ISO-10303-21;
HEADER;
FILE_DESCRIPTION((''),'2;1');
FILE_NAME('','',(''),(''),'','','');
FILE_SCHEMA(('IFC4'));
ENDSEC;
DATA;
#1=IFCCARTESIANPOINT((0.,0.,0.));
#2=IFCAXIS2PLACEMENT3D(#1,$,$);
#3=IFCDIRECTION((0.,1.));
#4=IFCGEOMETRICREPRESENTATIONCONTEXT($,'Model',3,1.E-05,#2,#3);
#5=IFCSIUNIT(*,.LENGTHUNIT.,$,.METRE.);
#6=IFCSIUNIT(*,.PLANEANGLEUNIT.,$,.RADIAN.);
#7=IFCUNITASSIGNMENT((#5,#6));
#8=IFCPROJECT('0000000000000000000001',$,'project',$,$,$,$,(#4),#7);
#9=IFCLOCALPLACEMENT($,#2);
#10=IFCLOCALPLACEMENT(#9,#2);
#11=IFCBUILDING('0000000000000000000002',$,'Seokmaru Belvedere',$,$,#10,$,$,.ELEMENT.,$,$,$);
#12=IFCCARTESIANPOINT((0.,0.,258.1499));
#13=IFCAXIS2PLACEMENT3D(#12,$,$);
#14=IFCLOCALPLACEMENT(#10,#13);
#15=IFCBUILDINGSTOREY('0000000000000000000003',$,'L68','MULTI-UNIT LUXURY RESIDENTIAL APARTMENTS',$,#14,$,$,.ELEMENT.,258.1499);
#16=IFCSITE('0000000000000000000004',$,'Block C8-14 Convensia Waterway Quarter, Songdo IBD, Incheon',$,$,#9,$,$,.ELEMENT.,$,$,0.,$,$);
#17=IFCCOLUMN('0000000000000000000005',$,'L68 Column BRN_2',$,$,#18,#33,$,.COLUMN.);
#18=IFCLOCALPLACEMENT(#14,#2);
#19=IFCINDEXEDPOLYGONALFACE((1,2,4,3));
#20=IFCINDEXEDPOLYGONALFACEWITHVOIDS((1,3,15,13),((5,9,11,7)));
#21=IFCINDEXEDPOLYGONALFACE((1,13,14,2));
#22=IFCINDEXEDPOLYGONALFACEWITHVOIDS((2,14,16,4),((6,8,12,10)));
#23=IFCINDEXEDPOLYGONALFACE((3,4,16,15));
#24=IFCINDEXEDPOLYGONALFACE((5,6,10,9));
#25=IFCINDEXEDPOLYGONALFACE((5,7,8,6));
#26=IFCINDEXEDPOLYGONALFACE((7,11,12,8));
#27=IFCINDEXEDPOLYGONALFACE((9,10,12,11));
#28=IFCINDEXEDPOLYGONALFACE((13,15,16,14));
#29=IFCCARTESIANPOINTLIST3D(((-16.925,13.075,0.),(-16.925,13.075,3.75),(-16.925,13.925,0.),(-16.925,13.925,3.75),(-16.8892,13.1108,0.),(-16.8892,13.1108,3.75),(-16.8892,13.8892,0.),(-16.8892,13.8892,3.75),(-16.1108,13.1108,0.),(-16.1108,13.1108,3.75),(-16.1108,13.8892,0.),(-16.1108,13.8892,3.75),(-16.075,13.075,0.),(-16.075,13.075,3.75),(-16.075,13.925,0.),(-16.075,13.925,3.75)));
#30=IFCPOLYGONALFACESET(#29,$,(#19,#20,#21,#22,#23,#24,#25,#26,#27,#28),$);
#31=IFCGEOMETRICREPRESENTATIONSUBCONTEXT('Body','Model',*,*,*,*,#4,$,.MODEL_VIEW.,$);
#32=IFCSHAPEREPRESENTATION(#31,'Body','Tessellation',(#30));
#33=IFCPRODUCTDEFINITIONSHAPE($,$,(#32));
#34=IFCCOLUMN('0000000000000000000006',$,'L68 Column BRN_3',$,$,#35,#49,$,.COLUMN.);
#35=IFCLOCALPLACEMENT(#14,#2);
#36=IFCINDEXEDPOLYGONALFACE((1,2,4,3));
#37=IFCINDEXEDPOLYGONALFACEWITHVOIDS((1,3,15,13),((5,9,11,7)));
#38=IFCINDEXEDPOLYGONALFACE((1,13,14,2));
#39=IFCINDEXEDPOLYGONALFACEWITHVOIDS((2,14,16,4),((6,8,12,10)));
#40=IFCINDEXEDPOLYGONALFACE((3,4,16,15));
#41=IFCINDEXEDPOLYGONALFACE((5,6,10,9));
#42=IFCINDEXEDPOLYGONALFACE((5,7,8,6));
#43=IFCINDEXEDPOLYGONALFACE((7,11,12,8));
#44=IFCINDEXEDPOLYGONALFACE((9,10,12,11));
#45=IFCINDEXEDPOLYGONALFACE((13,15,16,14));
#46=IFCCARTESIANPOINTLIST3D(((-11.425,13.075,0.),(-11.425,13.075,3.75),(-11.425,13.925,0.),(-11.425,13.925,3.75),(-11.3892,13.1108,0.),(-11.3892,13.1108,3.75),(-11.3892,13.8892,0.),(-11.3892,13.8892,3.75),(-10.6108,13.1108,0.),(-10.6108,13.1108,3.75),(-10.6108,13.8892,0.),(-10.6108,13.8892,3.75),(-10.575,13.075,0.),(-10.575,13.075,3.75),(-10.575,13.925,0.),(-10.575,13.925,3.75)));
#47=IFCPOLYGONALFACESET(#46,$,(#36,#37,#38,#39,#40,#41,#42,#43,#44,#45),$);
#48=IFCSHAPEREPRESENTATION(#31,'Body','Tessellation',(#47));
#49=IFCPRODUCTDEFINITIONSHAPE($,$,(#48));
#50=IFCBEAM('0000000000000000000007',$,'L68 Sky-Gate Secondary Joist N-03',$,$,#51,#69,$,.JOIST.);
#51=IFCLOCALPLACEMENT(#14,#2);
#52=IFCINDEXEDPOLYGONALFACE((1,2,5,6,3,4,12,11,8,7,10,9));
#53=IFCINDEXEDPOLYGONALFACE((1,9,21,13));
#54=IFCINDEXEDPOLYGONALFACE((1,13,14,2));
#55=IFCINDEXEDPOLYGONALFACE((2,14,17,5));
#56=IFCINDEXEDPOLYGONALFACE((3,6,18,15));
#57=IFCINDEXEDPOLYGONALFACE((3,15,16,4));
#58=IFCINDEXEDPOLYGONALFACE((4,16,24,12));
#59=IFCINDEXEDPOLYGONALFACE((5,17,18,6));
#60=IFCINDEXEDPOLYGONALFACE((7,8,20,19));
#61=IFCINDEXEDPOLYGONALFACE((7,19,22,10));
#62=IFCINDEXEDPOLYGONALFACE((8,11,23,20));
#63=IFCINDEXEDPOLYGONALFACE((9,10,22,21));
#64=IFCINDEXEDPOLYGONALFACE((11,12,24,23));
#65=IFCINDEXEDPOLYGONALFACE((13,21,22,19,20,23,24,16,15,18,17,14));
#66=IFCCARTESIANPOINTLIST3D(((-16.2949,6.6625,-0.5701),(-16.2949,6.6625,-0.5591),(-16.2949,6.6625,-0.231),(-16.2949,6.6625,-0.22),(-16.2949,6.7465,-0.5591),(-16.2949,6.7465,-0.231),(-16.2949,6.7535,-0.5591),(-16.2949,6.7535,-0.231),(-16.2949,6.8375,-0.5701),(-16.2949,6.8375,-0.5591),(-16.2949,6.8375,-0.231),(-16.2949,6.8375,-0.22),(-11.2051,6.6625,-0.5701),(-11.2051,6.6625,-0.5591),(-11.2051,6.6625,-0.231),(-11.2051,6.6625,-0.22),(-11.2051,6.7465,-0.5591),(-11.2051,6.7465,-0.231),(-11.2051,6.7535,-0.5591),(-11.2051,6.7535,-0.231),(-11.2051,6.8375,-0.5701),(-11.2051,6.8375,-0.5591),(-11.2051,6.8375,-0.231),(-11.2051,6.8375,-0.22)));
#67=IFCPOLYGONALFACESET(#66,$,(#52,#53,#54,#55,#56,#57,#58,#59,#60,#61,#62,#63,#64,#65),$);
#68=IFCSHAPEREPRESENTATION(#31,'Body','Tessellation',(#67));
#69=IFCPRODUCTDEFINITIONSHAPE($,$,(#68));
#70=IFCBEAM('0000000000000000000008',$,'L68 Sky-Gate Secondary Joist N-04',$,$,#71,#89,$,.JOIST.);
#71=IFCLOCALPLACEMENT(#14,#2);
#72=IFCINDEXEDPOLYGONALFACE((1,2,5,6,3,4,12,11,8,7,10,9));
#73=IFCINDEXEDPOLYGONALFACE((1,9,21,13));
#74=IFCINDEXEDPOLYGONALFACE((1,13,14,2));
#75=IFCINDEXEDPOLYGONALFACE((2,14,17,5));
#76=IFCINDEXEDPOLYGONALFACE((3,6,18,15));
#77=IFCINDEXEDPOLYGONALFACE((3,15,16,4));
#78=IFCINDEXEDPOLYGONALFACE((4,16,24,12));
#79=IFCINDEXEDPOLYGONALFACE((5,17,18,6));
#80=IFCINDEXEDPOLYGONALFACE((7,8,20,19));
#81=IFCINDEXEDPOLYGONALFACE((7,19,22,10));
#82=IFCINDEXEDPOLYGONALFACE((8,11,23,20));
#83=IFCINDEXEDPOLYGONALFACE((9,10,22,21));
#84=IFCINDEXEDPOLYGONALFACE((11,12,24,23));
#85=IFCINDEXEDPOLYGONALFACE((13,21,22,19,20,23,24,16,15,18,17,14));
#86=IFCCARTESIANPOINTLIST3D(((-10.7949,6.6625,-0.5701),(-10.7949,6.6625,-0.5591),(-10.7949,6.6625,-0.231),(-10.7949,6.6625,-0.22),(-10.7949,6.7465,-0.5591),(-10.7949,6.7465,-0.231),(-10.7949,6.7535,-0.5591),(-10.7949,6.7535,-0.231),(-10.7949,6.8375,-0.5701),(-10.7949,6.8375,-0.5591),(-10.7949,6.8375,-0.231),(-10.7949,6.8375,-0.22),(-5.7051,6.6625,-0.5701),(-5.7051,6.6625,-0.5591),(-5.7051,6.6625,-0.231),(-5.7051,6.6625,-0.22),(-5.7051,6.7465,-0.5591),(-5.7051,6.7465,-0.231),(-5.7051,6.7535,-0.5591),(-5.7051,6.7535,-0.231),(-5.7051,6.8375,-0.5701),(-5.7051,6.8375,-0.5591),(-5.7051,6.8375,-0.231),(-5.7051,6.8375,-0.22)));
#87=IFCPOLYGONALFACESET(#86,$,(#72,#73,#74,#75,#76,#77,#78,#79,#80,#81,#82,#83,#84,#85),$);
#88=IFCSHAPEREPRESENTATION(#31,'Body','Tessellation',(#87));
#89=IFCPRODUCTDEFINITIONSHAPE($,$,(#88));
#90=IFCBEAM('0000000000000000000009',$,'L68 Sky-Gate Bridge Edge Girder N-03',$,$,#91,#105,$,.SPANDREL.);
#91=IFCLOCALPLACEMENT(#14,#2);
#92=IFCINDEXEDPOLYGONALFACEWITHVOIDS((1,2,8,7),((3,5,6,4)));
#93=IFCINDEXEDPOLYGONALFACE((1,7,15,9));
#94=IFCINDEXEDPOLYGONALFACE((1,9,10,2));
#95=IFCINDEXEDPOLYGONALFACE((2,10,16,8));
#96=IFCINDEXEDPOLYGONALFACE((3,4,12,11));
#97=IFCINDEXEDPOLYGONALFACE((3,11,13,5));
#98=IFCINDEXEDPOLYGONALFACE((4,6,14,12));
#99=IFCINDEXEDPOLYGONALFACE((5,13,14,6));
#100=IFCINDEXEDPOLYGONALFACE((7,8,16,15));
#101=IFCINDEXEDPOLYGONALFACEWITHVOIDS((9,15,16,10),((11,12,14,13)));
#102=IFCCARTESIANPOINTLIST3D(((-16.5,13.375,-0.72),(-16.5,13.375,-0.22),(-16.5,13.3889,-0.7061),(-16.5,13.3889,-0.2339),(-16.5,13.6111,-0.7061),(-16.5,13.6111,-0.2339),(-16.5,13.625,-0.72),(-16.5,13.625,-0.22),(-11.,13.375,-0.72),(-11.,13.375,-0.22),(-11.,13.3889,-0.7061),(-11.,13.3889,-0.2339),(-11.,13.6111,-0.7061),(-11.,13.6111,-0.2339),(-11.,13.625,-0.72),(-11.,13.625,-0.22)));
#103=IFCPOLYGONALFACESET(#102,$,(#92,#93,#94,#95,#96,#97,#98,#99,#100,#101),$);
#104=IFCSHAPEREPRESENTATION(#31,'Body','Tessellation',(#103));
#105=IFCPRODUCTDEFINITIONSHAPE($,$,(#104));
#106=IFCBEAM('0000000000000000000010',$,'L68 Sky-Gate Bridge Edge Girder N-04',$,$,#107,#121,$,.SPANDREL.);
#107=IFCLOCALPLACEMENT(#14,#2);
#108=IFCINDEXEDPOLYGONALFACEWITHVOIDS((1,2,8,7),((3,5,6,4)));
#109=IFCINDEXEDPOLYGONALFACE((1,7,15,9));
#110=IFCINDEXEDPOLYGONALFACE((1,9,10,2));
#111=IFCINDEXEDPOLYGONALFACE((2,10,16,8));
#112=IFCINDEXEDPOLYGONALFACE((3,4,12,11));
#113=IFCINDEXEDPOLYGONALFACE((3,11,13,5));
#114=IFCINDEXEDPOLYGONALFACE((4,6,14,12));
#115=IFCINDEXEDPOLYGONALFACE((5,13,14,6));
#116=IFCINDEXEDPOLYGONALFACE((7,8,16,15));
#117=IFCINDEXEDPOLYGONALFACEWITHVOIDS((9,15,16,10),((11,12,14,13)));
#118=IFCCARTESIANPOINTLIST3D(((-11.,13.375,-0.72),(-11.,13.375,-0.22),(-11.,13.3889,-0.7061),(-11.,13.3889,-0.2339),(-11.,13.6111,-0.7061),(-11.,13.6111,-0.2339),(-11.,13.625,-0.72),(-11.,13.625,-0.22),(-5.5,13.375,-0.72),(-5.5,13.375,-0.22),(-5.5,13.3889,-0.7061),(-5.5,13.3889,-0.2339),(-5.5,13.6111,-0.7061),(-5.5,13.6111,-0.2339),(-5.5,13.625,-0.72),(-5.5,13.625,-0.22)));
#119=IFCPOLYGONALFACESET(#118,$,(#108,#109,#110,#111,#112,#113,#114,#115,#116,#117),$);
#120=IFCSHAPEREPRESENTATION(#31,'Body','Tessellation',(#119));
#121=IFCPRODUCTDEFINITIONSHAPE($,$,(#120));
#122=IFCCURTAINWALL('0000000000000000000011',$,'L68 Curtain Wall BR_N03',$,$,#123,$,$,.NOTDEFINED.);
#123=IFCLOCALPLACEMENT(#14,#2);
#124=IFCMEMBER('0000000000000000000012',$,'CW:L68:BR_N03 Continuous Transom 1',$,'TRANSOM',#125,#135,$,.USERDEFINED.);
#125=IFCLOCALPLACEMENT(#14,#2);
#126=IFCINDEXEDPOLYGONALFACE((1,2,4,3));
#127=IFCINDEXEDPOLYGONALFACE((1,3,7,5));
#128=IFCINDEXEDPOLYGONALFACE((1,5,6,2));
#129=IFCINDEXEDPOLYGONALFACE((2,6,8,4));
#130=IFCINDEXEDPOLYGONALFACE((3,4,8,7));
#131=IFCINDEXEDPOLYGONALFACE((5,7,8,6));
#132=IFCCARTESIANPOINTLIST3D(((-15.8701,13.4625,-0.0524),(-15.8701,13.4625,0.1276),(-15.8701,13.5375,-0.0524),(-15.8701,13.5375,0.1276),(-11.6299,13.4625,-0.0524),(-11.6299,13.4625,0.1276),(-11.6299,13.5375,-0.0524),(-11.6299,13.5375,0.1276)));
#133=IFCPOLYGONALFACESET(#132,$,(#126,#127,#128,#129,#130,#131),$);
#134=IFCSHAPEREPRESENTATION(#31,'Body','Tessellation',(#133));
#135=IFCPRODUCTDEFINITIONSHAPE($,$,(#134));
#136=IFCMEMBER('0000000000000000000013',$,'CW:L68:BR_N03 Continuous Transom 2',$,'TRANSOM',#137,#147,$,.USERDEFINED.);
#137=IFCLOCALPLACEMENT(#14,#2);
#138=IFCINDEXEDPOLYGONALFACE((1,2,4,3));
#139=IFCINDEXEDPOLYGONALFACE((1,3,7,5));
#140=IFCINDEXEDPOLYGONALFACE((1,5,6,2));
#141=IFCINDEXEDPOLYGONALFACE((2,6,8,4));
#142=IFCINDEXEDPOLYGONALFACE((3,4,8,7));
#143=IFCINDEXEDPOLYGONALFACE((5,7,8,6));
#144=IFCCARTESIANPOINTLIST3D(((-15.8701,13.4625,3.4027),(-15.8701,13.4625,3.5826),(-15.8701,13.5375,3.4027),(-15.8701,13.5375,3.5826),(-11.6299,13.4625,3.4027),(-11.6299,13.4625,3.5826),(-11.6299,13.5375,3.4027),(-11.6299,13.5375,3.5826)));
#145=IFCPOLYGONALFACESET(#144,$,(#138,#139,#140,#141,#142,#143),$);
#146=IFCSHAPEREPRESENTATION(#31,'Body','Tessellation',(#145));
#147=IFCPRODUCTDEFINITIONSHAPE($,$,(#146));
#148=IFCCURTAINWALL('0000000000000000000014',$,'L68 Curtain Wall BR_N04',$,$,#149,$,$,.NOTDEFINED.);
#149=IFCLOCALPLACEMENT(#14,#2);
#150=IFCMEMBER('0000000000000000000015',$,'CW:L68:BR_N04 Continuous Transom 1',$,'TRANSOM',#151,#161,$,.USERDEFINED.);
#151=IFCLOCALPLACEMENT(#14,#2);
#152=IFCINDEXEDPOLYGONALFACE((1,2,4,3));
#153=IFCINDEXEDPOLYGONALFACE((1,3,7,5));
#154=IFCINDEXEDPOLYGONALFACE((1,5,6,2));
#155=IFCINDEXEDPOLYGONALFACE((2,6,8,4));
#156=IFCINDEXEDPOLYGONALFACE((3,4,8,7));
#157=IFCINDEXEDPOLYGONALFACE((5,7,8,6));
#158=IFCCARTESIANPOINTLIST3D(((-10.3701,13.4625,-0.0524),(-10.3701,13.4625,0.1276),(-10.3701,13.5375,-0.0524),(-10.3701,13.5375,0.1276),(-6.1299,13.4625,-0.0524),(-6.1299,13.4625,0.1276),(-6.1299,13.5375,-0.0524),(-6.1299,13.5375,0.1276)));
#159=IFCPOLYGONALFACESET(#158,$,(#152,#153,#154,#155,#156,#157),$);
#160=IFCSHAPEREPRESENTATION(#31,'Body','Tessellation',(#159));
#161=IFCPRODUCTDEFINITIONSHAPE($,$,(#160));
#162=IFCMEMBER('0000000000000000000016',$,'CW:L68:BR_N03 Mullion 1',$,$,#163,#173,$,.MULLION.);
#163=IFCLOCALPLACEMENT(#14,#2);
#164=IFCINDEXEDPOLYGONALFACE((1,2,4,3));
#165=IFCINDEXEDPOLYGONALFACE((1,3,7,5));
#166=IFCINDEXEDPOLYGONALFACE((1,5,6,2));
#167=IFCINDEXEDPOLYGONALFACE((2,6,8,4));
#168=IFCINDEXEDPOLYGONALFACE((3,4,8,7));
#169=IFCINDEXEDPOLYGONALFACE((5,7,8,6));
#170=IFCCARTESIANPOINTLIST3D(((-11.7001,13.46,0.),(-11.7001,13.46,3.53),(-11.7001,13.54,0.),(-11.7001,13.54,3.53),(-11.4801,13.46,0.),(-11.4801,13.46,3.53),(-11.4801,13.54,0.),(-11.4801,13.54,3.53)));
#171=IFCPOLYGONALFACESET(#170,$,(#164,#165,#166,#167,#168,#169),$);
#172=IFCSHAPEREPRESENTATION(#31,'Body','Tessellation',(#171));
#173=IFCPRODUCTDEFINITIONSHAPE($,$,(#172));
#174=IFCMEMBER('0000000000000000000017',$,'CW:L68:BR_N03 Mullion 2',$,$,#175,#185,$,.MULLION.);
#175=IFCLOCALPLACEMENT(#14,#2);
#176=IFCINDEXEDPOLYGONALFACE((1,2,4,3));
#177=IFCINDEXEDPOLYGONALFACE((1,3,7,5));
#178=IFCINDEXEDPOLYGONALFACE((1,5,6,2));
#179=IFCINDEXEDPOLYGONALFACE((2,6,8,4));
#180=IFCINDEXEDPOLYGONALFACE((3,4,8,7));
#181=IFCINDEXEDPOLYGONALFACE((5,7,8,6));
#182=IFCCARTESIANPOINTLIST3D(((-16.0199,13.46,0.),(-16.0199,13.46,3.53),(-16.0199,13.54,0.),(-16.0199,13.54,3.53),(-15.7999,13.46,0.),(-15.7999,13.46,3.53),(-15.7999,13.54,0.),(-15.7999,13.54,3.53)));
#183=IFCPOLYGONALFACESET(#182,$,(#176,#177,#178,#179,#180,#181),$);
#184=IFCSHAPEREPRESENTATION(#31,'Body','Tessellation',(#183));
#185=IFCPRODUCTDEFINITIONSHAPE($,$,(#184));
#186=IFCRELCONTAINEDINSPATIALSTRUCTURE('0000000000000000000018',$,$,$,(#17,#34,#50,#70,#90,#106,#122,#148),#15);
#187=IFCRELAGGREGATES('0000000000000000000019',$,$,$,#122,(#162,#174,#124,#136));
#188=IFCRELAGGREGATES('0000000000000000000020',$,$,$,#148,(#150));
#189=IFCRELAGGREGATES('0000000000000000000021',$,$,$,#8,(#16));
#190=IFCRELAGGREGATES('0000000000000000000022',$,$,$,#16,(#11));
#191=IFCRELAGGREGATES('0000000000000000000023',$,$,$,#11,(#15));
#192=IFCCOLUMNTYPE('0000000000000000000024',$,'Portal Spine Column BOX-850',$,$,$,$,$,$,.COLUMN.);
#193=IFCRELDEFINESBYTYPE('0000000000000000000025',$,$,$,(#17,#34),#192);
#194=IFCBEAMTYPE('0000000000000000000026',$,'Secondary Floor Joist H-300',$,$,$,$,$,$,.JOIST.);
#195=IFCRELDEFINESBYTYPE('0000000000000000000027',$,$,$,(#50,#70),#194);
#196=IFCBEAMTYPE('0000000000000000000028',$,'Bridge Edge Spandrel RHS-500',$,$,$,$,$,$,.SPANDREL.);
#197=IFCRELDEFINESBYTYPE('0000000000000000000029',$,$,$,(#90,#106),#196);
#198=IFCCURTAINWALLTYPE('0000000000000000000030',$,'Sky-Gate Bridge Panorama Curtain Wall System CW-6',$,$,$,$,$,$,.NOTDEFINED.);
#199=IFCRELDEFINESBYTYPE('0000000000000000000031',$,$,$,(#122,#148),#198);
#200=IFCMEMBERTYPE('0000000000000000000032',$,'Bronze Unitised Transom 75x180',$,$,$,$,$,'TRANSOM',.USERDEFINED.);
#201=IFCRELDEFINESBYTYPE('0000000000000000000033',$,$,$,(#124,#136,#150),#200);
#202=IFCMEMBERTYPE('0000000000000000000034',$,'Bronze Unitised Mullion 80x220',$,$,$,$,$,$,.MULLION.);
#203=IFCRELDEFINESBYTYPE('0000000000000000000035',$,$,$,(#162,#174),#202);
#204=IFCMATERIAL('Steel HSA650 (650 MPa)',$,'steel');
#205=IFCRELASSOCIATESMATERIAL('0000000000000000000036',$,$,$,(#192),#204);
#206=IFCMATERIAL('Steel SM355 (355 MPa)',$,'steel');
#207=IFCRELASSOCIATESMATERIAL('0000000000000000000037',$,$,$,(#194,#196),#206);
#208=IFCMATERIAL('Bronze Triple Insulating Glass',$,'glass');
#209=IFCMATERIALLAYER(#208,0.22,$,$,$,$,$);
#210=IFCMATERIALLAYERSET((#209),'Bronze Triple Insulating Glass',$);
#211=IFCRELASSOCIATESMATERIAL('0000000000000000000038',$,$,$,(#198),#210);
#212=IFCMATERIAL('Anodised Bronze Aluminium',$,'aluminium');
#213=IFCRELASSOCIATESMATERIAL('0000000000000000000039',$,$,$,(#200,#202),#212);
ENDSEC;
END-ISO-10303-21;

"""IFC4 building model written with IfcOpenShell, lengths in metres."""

from ifc_helpers import new_model, si_unit, direction, frame, origin, origin_2d, place, context, subcontext, project, spatial, rectangle, hollow_rectangle, i_section, extrude, source, transform, mapped, material, layer, layer_set, material_profile, profile_set, type_object, type_shapes, element, aggregate, save


model = new_model("IFC4")

# Units and contexts
model_context = context("Model", 3, precision=1e-05, world=origin(), true_north=direction((0.0, 1.0)))
body_context = subcontext(model_context, "Body", "Model", "MODEL_VIEW")
ifc_project = project(units=[si_unit("LENGTHUNIT", "METRE"), si_unit("PLANEANGLEUNIT", "RADIAN")], contexts=[model_context])

# Site, building, storey
site_placement = place(None, origin())
site = spatial("IfcSite", under=ifc_project, at=site_placement, Name="Block C8-14 Convensia Waterway Quarter, Songdo IBD, Incheon", CompositionType="ELEMENT", RefElevation=0.0)
building_placement = place(site_placement, origin())
building = spatial("IfcBuilding", under=site, at=building_placement, Name="Seokmaru Belvedere", CompositionType="ELEMENT")
storey_placement = place(building_placement, frame((0.0, 0.0, 258.1499)))
storey = spatial("IfcBuildingStorey", under=building, at=storey_placement, Name="L68", Description="MULTI-UNIT LUXURY RESIDENTIAL APARTMENTS", CompositionType="ELEMENT", Elevation=258.1499)

# Columns
ifc_material_1 = material(Name="Steel HSA650 (650 MPa)", Category="steel")
ifc_material_profile_1 = material_profile(ifc_material_1, hollow_rectangle(XDim=0.8501, YDim=0.8501, WallThickness=0.0359, at=origin_2d()), Name="BOX-850x850x36")
ifc_profile_set_1 = profile_set([ifc_material_profile_1], Name="Steel HSA650 (650 MPa)")
column_type = type_object("IfcColumnType", Name="Portal Spine Column BOX-850", PredefinedType="COLUMN", material=ifc_profile_set_1)
shared_shape_1 = source(origin(), body_context, "Body", "SweptSolid", [
    extrude(hollow_rectangle(XDim=0.8501, YDim=0.8501, WallThickness=0.0359, at=origin_2d()), origin(), (0.0, 0.0, 1.0), 3.75),
])
type_shapes(column_type, [shared_shape_1])
for number, where, z_axis, x_axis, name in (
    (1, (-16.5, 13.5, 0.0), (0.0, 0.0, 1.0), (1.0, 0.0, 0.0), "L68 Column BRN_2"),
    (2, (-11.0, 13.5, 0.0), (0.0, 0.0, 1.0), (1.0, 0.0, 0.0), "L68 Column BRN_3"),
):
    element("IfcColumn", number, at=place(storey_placement, frame(where, z_axis=z_axis, x_axis=x_axis)), inside=storey, type_object=column_type, Name=name, PredefinedType="COLUMN", context=body_context, shape_type="MappedRepresentation", body=[
        mapped(shared_shape_1, transform((0.0, 0.0, 0.0), scale=1.0)),
    ])

# Beams
ifc_material_2 = material(Name="Steel SM355 (355 MPa)", Category="steel")
ifc_material_profile_2 = material_profile(ifc_material_2, i_section(OverallWidth=0.175, OverallDepth=0.3501, WebThickness=0.0071, FlangeThickness=0.011, at=origin_2d()), Name="H-350x175x7x11")
ifc_profile_set_2 = profile_set([ifc_material_profile_2], Name="Steel SM355 (355 MPa)")
beam_type_1 = type_object("IfcBeamType", Name="Secondary Floor Joist H-300", PredefinedType="JOIST", material=ifc_profile_set_2)
shared_shape_2 = source(origin(), body_context, "Body", "SweptSolid", [
    extrude(i_section(OverallWidth=0.175, OverallDepth=0.3501, WebThickness=0.0071, FlangeThickness=0.011, at=origin_2d()), origin(), (0.0, 0.0, 1.0), 5.0898),
])
type_shapes(beam_type_1, [shared_shape_2])
for number, where, z_axis, x_axis, name in (
    (3, (-16.2949, 6.75, -0.395), (1.0, 0.0, 0.0), (0.0, 1.0, 0.0), "L68 Sky-Gate Secondary Joist N-03"),
    (4, (-10.7949, 6.75, -0.395), (1.0, 0.0, 0.0), (0.0, 1.0, 0.0), "L68 Sky-Gate Secondary Joist N-04"),
):
    element("IfcBeam", number, at=place(storey_placement, frame(where, z_axis=z_axis, x_axis=x_axis)), inside=storey, type_object=beam_type_1, Name=name, PredefinedType="JOIST", context=body_context, shape_type="MappedRepresentation", body=[
        mapped(shared_shape_2, transform((0.0, 0.0, 0.0), scale=1.0)),
    ])
ifc_material_profile_3 = material_profile(ifc_material_2, hollow_rectangle(XDim=0.25, YDim=0.5, WallThickness=0.0139, at=origin_2d()), Name="RHS-500x250x14")
ifc_profile_set_3 = profile_set([ifc_material_profile_3], Name="Steel SM355 (355 MPa)")
beam_type_2 = type_object("IfcBeamType", Name="Bridge Edge Spandrel RHS-500", PredefinedType="SPANDREL", material=ifc_profile_set_3)
shared_shape_3 = source(origin(), body_context, "Body", "SweptSolid", [
    extrude(hollow_rectangle(XDim=0.25, YDim=0.5, WallThickness=0.0139, at=origin_2d()), origin(), (0.0, 0.0, 1.0), 5.5),
])
type_shapes(beam_type_2, [shared_shape_3])
for number, where, z_axis, x_axis, name in (
    (5, (-16.5, 13.5, -0.47), (1.0, 0.0, 0.0), (0.0, 1.0, 0.0), "L68 Sky-Gate Bridge Edge Girder N-03"),
    (6, (-11.0, 13.5, -0.47), (1.0, 0.0, 0.0), (0.0, 1.0, 0.0), "L68 Sky-Gate Bridge Edge Girder N-04"),
):
    element("IfcBeam", number, at=place(storey_placement, frame(where, z_axis=z_axis, x_axis=x_axis)), inside=storey, type_object=beam_type_2, Name=name, PredefinedType="SPANDREL", context=body_context, shape_type="MappedRepresentation", body=[
        mapped(shared_shape_3, transform((0.0, 0.0, 0.0), scale=1.0)),
    ])

# Curtain wall, members
ifc_material_3 = material(Name="Bronze Triple Insulating Glass", Category="glass")
ifc_layer_1 = layer(ifc_material_3, 0.22)
ifc_layer_set_1 = layer_set([ifc_layer_1], Name="Bronze Triple Insulating Glass")
curtain_wall_type = type_object("IfcCurtainWallType", Name="Sky-Gate Bridge Panorama Curtain Wall System CW-6", PredefinedType="NOTDEFINED", material=ifc_layer_set_1)
curtain_wall_1_placement = place(storey_placement, origin())
curtain_wall_1 = element("IfcCurtainWall", 7, at=curtain_wall_1_placement, inside=storey, type_object=curtain_wall_type, Name="L68 Curtain Wall BR_N03", PredefinedType="NOTDEFINED")
ifc_material_4 = material(Name="Anodised Bronze Aluminium", Category="aluminium")
ifc_material_profile_4 = material_profile(ifc_material_4, rectangle(XDim=0.075, YDim=0.1799, at=origin_2d()), Name="CW-T-75x180")
ifc_profile_set_4 = profile_set([ifc_material_profile_4], Name="Anodised Bronze Aluminium")
member_type_1 = type_object("IfcMemberType", Name="Bronze Unitised Transom 75x180", ElementType="TRANSOM", PredefinedType="USERDEFINED", material=ifc_profile_set_4)
shared_shape_4 = source(origin(), body_context, "Body", "SweptSolid", [
    extrude(rectangle(XDim=0.075, YDim=0.1799, at=origin_2d()), origin(), (0.0, 0.0, 1.0), 4.2402),
])
type_shapes(member_type_1, [shared_shape_4])
member_1_placement = place(storey_placement, frame((-11.6299, 13.5, 0.0376), z_axis=(-1.0, 0.0, 0.0), x_axis=(0.0, -1.0, 0.0)))
member_1 = element("IfcMember", 8, at=member_1_placement, type_object=member_type_1, Name="CW:L68:BR_N03 Continuous Transom 1", ObjectType="TRANSOM", PredefinedType="USERDEFINED", context=body_context, shape_type="MappedRepresentation", body=[
    mapped(shared_shape_4, transform((0.0, 0.0, 0.0), scale=1.0)),
])
member_2_placement = place(storey_placement, frame((-11.6299, 13.5, 3.4927), z_axis=(-1.0, 0.0, 0.0), x_axis=(0.0, -1.0, 0.0)))
member_2 = element("IfcMember", 9, at=member_2_placement, type_object=member_type_1, Name="CW:L68:BR_N03 Continuous Transom 2", ObjectType="TRANSOM", PredefinedType="USERDEFINED", context=body_context, shape_type="MappedRepresentation", body=[
    mapped(shared_shape_4, transform((0.0, 0.0, 0.0), scale=1.0)),
])

# Curtain wall, member
curtain_wall_2_placement = place(storey_placement, origin())
curtain_wall_2 = element("IfcCurtainWall", 10, at=curtain_wall_2_placement, inside=storey, type_object=curtain_wall_type, Name="L68 Curtain Wall BR_N04", PredefinedType="NOTDEFINED")
member_3_placement = place(storey_placement, frame((-6.1299, 13.5, 0.0376), z_axis=(-1.0, 0.0, 0.0), x_axis=(0.0, -1.0, 0.0)))
member_3 = element("IfcMember", 11, at=member_3_placement, type_object=member_type_1, Name="CW:L68:BR_N04 Continuous Transom 1", ObjectType="TRANSOM", PredefinedType="USERDEFINED", context=body_context, shape_type="MappedRepresentation", body=[
    mapped(shared_shape_4, transform((0.0, 0.0, 0.0), scale=1.0)),
])

# Members
ifc_material_profile_5 = material_profile(ifc_material_4, rectangle(XDim=0.0801, YDim=0.22, at=origin_2d()), Name="CW-M-80x220")
ifc_profile_set_5 = profile_set([ifc_material_profile_5], Name="Anodised Bronze Aluminium")
member_type_2 = type_object("IfcMemberType", Name="Bronze Unitised Mullion 80x220", PredefinedType="MULLION", material=ifc_profile_set_5)
shared_shape_5 = source(origin(), body_context, "Body", "SweptSolid", [
    extrude(rectangle(XDim=0.0801, YDim=0.22, at=origin_2d()), origin(), (0.0, 0.0, 1.0), 3.53),
])
type_shapes(member_type_2, [shared_shape_5])
member_4_placement = place(storey_placement, frame((-11.5901, 13.5, 0.0), z_axis=(0.0, 0.0, 1.0), x_axis=(0.0, -1.0, 0.0)))
member_4 = element("IfcMember", 12, at=member_4_placement, type_object=member_type_2, Name="CW:L68:BR_N03 Mullion 1", PredefinedType="MULLION", context=body_context, shape_type="MappedRepresentation", body=[
    mapped(shared_shape_5, transform((0.0, 0.0, 0.0), scale=1.0)),
])
member_5_placement = place(storey_placement, frame((-15.9099, 13.5, 0.0), z_axis=(0.0, 0.0, 1.0), x_axis=(0.0, -1.0, 0.0)))
member_5 = element("IfcMember", 13, at=member_5_placement, type_object=member_type_2, Name="CW:L68:BR_N03 Mullion 2", PredefinedType="MULLION", context=body_context, shape_type="MappedRepresentation", body=[
    mapped(shared_shape_5, transform((0.0, 0.0, 0.0), scale=1.0)),
])

aggregate(curtain_wall_1, [member_4, member_5, member_1, member_2])
aggregate(curtain_wall_2, [member_3])

save(model, "model.ifc")
